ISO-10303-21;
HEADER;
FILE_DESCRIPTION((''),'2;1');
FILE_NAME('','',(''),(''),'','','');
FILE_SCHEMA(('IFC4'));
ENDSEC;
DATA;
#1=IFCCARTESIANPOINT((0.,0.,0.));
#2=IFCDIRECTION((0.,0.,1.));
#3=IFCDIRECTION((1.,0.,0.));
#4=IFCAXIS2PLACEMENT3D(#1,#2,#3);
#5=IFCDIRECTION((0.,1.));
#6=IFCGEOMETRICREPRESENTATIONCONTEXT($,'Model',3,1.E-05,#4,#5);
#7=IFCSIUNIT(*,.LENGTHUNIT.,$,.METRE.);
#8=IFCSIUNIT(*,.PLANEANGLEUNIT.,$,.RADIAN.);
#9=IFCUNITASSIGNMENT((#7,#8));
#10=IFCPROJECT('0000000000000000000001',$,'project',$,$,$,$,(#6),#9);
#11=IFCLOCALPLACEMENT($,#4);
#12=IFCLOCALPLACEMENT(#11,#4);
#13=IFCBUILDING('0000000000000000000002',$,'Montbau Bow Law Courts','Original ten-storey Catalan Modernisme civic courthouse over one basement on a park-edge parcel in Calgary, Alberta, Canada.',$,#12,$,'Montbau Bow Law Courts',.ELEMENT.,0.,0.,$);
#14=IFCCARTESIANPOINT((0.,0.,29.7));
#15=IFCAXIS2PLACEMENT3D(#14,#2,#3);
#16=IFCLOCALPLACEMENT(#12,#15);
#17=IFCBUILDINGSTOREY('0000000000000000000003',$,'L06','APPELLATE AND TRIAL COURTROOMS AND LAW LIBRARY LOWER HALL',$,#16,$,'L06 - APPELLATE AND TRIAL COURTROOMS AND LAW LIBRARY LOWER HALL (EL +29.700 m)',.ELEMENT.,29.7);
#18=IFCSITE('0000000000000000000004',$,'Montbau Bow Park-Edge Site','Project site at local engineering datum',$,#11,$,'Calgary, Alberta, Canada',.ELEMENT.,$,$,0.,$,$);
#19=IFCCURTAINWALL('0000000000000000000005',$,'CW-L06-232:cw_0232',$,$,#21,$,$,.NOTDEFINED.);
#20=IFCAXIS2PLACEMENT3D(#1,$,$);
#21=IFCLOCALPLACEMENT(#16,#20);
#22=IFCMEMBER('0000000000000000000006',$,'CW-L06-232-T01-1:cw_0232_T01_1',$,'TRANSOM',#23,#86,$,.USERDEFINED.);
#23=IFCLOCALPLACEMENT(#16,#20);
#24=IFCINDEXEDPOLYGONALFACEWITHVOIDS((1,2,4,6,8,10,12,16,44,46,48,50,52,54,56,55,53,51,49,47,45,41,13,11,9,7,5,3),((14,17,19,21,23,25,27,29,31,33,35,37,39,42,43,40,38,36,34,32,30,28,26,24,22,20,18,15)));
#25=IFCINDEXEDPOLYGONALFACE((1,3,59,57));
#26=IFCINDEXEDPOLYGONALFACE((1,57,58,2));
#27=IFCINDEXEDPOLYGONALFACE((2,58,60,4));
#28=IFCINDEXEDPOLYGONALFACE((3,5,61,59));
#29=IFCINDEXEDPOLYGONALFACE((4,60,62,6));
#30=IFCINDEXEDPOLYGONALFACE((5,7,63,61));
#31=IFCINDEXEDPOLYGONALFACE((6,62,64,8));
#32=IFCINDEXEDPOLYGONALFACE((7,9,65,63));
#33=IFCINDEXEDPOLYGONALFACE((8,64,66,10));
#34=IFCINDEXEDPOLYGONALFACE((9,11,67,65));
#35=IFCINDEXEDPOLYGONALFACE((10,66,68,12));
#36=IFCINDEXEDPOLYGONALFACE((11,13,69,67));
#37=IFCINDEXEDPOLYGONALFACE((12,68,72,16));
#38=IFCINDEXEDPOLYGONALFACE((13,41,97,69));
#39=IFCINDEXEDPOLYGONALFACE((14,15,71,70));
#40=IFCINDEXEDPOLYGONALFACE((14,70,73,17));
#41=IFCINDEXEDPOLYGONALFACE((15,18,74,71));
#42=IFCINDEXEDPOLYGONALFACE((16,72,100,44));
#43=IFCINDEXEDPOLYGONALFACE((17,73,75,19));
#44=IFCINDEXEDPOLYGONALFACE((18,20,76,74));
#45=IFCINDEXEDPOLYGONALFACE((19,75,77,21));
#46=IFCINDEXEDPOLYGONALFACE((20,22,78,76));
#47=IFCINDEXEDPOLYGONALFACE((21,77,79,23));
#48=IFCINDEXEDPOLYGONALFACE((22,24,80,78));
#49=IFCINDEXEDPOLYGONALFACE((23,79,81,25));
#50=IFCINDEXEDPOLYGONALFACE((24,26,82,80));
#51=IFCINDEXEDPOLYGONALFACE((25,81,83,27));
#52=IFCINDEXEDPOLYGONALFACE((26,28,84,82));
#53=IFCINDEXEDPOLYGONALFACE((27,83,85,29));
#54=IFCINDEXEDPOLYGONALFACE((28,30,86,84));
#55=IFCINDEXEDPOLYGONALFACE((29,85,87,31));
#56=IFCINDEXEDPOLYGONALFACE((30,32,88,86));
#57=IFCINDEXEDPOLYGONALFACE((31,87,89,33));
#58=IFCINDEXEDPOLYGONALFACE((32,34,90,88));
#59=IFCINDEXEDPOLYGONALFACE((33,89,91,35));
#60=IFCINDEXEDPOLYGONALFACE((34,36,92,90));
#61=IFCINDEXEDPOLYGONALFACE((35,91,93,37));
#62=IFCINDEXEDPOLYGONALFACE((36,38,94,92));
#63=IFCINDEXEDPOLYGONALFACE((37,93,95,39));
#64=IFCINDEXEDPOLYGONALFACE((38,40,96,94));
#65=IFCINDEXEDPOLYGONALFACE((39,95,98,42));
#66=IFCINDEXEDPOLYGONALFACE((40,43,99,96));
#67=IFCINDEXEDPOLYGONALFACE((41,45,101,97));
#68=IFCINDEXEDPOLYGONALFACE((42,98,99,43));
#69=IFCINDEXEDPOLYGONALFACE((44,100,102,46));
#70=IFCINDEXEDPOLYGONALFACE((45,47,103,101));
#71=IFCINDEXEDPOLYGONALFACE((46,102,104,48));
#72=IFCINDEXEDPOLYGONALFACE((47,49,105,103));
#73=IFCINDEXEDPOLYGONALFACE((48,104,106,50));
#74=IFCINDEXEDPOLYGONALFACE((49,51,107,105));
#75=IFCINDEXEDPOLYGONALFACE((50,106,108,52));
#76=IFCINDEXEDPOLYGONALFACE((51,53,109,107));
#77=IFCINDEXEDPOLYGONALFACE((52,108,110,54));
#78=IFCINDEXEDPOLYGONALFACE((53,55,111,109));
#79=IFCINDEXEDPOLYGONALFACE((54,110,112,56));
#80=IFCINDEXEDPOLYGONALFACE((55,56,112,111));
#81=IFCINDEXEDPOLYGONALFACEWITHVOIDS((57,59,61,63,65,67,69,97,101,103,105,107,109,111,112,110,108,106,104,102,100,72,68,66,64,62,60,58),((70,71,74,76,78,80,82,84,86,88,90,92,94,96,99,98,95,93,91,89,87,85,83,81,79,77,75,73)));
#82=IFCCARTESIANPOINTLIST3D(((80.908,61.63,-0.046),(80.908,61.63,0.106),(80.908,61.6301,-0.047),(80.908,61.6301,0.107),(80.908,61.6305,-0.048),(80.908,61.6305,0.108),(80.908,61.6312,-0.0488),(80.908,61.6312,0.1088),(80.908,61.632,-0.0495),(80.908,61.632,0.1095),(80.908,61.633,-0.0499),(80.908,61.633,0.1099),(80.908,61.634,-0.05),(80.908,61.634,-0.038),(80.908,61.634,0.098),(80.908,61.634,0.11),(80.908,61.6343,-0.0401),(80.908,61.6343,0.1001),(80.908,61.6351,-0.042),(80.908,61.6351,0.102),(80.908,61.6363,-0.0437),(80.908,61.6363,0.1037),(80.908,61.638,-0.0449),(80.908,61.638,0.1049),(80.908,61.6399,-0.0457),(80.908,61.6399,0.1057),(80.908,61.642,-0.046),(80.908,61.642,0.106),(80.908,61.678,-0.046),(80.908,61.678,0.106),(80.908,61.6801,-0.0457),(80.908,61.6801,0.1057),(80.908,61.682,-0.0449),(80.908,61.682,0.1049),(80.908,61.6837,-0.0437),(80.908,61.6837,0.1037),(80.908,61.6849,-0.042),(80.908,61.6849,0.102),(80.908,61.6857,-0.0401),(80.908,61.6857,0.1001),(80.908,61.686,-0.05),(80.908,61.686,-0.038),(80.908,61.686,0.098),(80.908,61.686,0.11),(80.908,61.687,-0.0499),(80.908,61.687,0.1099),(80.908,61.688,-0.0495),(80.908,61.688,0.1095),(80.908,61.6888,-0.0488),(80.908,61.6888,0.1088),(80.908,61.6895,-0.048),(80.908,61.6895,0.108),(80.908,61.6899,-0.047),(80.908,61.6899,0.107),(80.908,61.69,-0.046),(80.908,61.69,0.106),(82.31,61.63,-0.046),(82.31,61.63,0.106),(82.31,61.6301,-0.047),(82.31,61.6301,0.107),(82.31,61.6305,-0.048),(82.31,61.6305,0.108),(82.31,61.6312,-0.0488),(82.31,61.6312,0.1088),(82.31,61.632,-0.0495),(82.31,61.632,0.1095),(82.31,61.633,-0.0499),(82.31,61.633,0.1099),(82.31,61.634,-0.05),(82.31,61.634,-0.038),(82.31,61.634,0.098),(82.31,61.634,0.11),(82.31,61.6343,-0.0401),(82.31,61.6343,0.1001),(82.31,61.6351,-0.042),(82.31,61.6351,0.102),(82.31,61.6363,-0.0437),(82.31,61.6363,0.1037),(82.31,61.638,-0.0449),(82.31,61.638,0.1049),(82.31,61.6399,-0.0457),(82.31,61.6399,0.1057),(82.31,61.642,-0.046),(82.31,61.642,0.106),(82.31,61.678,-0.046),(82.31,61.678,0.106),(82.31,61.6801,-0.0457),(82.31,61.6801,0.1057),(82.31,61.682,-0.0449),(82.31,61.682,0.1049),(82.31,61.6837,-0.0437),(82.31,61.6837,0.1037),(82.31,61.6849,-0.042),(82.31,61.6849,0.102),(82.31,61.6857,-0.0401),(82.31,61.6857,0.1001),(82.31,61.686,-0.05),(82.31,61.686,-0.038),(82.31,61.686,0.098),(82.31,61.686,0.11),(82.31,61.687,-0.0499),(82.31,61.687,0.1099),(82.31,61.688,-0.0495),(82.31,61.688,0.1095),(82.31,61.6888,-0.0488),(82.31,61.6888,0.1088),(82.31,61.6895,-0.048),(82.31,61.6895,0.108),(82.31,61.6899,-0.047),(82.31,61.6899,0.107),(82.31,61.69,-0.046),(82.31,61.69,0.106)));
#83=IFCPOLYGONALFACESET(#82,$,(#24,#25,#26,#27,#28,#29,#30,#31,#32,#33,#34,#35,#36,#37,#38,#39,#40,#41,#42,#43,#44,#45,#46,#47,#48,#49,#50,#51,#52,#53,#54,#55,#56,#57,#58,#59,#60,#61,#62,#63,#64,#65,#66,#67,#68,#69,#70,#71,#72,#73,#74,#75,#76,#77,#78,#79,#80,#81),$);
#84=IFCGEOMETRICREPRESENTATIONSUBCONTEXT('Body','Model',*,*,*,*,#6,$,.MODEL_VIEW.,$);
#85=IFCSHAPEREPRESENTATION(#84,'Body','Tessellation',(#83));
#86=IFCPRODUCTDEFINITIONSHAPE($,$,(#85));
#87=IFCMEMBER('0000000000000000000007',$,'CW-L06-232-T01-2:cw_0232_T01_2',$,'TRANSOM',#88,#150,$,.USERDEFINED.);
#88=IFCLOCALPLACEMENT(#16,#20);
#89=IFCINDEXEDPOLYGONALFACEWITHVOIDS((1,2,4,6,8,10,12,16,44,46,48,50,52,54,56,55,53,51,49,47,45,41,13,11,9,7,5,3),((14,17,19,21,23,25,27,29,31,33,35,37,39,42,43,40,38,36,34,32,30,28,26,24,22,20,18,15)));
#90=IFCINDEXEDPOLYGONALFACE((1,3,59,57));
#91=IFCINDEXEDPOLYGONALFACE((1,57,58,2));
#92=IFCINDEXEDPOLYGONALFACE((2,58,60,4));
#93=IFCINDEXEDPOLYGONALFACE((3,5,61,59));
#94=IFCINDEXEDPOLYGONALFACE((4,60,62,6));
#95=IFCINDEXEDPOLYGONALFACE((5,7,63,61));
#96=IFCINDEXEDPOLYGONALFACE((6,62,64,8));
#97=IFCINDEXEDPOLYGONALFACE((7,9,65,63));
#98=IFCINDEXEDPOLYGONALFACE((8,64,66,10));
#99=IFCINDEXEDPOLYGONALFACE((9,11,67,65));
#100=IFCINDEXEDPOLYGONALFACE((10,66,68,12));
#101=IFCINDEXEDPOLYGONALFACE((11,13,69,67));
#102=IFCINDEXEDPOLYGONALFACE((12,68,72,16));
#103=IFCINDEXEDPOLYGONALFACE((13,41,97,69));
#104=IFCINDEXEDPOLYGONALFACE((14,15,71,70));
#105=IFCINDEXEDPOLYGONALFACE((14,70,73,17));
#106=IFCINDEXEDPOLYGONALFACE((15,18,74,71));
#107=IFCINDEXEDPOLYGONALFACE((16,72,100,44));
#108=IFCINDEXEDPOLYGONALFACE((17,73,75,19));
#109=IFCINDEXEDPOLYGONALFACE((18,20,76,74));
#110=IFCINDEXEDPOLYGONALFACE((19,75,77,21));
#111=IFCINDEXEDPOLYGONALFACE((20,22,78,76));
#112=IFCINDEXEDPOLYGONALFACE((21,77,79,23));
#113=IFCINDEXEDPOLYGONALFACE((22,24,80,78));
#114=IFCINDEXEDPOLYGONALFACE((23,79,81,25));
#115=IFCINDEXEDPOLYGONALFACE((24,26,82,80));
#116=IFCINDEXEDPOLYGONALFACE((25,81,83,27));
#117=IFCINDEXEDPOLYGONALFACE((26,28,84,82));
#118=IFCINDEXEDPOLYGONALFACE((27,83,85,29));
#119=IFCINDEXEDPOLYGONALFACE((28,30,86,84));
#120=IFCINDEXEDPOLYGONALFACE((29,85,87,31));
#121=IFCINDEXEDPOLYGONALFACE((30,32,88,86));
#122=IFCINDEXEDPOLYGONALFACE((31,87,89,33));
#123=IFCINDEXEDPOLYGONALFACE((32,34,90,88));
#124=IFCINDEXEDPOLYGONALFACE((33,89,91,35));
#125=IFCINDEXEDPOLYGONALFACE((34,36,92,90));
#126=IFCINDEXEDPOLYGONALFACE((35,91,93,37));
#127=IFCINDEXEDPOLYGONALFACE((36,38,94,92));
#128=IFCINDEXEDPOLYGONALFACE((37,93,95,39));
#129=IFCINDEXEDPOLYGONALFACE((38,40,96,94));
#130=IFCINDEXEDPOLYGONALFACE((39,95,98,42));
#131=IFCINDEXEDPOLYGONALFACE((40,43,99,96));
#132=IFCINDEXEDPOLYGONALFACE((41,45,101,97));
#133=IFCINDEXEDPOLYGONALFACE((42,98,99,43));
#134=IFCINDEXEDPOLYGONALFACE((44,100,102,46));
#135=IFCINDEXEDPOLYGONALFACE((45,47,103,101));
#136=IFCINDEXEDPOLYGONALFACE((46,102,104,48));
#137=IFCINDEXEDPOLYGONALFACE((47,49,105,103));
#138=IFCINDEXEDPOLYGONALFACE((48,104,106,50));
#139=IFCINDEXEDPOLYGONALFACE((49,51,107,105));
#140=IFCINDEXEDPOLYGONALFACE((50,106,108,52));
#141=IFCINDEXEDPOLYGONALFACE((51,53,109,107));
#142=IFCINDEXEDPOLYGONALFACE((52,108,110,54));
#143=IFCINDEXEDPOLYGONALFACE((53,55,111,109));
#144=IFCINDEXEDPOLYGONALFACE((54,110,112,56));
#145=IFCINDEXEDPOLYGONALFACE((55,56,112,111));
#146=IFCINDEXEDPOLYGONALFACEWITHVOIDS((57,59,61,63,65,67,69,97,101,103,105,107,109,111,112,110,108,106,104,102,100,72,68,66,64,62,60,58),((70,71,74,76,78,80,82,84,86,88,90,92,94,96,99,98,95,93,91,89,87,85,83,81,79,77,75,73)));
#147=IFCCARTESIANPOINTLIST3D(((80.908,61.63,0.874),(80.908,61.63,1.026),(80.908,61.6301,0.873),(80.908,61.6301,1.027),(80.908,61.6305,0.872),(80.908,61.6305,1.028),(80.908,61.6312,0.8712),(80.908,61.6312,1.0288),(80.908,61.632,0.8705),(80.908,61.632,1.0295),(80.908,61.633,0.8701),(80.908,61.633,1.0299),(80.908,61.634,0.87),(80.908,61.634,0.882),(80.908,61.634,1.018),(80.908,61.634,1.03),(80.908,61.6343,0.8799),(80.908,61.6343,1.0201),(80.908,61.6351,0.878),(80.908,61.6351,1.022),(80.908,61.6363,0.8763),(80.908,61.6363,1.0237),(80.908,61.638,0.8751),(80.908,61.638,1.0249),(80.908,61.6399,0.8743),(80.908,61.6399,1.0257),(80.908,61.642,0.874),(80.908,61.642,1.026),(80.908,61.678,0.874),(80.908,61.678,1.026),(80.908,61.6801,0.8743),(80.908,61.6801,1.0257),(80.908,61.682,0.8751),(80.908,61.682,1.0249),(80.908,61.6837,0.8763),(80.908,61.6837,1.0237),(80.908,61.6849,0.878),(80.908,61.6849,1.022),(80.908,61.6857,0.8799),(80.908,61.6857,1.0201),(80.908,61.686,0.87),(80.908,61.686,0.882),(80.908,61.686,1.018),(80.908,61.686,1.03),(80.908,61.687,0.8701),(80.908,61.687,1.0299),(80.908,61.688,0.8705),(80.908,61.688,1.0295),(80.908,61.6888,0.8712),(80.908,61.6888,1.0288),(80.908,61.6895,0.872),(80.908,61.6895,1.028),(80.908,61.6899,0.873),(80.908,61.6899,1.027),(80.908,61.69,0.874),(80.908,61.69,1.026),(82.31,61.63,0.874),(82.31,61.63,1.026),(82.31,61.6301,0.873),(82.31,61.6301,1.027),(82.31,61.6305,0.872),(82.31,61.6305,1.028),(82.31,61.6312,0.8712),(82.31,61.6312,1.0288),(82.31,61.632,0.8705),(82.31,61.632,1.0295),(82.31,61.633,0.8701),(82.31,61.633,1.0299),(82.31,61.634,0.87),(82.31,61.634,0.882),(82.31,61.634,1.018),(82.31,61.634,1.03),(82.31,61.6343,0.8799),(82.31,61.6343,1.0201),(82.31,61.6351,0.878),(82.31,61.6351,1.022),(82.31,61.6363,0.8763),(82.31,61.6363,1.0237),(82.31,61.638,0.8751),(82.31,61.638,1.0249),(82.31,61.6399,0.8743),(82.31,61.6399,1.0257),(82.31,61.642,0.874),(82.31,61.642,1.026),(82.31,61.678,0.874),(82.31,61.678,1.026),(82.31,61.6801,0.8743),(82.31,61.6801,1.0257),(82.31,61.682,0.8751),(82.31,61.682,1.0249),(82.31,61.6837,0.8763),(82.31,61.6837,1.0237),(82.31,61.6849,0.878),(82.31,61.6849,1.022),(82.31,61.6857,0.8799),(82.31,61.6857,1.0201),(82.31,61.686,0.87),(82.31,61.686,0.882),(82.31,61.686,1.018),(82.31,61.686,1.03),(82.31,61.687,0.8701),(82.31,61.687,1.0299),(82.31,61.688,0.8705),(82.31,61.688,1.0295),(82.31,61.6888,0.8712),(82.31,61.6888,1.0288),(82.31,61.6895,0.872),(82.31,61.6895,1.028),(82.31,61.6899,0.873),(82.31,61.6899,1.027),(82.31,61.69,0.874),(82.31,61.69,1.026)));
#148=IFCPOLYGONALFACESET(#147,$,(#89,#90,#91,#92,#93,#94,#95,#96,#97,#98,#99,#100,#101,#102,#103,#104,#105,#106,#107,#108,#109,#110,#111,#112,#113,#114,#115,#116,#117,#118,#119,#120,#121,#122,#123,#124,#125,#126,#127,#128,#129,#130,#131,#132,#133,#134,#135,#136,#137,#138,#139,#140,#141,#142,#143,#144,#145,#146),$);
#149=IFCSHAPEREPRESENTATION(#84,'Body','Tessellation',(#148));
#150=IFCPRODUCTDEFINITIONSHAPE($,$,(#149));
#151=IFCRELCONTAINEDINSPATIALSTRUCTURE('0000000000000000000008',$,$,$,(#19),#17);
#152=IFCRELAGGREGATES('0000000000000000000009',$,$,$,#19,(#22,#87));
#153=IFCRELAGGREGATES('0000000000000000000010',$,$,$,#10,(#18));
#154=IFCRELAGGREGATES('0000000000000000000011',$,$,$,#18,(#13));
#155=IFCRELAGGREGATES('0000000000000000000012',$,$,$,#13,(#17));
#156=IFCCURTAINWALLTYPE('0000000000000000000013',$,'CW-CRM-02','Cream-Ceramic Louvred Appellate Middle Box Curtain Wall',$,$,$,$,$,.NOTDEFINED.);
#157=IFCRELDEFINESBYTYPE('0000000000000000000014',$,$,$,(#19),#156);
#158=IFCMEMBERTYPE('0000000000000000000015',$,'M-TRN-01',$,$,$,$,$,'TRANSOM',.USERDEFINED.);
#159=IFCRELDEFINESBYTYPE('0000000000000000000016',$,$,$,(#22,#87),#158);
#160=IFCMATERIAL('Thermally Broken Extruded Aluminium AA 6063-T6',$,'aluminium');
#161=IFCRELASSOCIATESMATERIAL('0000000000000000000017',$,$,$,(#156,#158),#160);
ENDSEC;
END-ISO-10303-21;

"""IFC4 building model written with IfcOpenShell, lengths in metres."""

from ifc_helpers import new_model, si_unit, direction, frame, origin_with_axes, origin_2d_with_axis, place, context, subcontext, project, spatial, hollow_rectangle, extrude, material, material_profile, profile_set, type_object, element, aggregate, save


model = new_model("IFC4")

# Units and contexts
model_context = context("Model", 3, precision=1e-05, world=origin_with_axes(), true_north=direction((0.0, 1.0)))
body_context = subcontext(model_context, "Body", "Model", "MODEL_VIEW")
ifc_project = project(units=[si_unit("LENGTHUNIT", "METRE"), si_unit("PLANEANGLEUNIT", "RADIAN")], contexts=[model_context])

# Site, building, storey
site_placement = place(None, origin_with_axes())
site = spatial("IfcSite", under=ifc_project, at=site_placement, Name="Montbau Bow Park-Edge Site", Description="Project site at local engineering datum", LongName="Calgary, Alberta, Canada", CompositionType="ELEMENT", RefElevation=0.0)
building_placement = place(site_placement, origin_with_axes())
building = spatial("IfcBuilding", under=site, at=building_placement, Name="Montbau Bow Law Courts", Description="Original ten-storey Catalan Modernisme civic courthouse over one basement on a park-edge parcel in Calgary, Alberta, Canada.", LongName="Montbau Bow Law Courts", CompositionType="ELEMENT", ElevationOfRefHeight=0.0, ElevationOfTerrain=0.0)
storey_placement = place(building_placement, frame((0.0, 0.0, 29.7), z_axis=(0.0, 0.0, 1.0), x_axis=(1.0, 0.0, 0.0)))
storey = spatial("IfcBuildingStorey", under=building, at=storey_placement, Name="L06", Description="APPELLATE AND TRIAL COURTROOMS AND LAW LIBRARY LOWER HALL", LongName="L06 - APPELLATE AND TRIAL COURTROOMS AND LAW LIBRARY LOWER HALL (EL +29.700 m)", CompositionType="ELEMENT", Elevation=29.7)

# Shared definitions
ifc_material_1 = material(Name="Thermally Broken Extruded Aluminium AA 6063-T6", Category="aluminium")
curtain_wall_type = type_object("IfcCurtainWallType", Name="CW-CRM-02", Description="Cream-Ceramic Louvred Appellate Middle Box Curtain Wall", PredefinedType="NOTDEFINED", material=ifc_material_1)

# Curtain wall, members
curtain_wall_1_placement = place(None, frame((80.84, 61.66, 29.7), z_axis=(0.0, 0.0, 1.0), x_axis=(1.0, 0.0, 0.0)))
curtain_wall_1 = element("IfcCurtainWall", 1, at=curtain_wall_1_placement, inside=storey, type_object=curtain_wall_type, Name="CW-L06-232:cw_0232", PredefinedType="NOTDEFINED")
ifc_material_profile_1 = material_profile(ifc_material_1, hollow_rectangle(XDim=0.06, YDim=0.16, WallThickness=0.004, InnerFilletRadius=0.008, OuterFilletRadius=0.004, at=origin_2d_with_axis()), Name="CWT-160X60", Category="Main", Priority=0)
ifc_profile_set_1 = profile_set([ifc_material_profile_1], Name="Thermally Broken Extruded Aluminium AA 6063-T6")
member_type_1 = type_object("IfcMemberType", Name="M-TRN-01", ElementType="TRANSOM", PredefinedType="USERDEFINED", material=ifc_profile_set_1)
member_1_placement = place(None, frame((80.908, 61.66, 29.73), z_axis=(1.0, 0.0, 0.0), x_axis=(0.0, 1.0, 0.0)))
member_1 = element("IfcMember", 2, at=member_1_placement, type_object=member_type_1, Name="CW-L06-232-T01-1:cw_0232_T01_1", ObjectType="TRANSOM", PredefinedType="USERDEFINED", context=body_context, shape_type="SweptSolid", body=[
    extrude(hollow_rectangle(XDim=0.06, YDim=0.16, WallThickness=0.004, InnerFilletRadius=0.008, OuterFilletRadius=0.004, at=origin_2d_with_axis()), origin_with_axes(), (0.0, 0.0, 1.0), 1.402),
])
member_2_placement = place(None, frame((80.908, 61.66, 30.65), z_axis=(1.0, 0.0, 0.0), x_axis=(0.0, 1.0, 0.0)))
member_2 = element("IfcMember", 3, at=member_2_placement, type_object=member_type_1, Name="CW-L06-232-T01-2:cw_0232_T01_2", ObjectType="TRANSOM", PredefinedType="USERDEFINED", context=body_context, shape_type="SweptSolid", body=[
    extrude(hollow_rectangle(XDim=0.06, YDim=0.16, WallThickness=0.004, InnerFilletRadius=0.008, OuterFilletRadius=0.004, at=origin_2d_with_axis()), origin_with_axes(), (0.0, 0.0, 1.0), 1.402),
])

aggregate(curtain_wall_1, [member_1, member_2])

save(model, "model.ifc")
